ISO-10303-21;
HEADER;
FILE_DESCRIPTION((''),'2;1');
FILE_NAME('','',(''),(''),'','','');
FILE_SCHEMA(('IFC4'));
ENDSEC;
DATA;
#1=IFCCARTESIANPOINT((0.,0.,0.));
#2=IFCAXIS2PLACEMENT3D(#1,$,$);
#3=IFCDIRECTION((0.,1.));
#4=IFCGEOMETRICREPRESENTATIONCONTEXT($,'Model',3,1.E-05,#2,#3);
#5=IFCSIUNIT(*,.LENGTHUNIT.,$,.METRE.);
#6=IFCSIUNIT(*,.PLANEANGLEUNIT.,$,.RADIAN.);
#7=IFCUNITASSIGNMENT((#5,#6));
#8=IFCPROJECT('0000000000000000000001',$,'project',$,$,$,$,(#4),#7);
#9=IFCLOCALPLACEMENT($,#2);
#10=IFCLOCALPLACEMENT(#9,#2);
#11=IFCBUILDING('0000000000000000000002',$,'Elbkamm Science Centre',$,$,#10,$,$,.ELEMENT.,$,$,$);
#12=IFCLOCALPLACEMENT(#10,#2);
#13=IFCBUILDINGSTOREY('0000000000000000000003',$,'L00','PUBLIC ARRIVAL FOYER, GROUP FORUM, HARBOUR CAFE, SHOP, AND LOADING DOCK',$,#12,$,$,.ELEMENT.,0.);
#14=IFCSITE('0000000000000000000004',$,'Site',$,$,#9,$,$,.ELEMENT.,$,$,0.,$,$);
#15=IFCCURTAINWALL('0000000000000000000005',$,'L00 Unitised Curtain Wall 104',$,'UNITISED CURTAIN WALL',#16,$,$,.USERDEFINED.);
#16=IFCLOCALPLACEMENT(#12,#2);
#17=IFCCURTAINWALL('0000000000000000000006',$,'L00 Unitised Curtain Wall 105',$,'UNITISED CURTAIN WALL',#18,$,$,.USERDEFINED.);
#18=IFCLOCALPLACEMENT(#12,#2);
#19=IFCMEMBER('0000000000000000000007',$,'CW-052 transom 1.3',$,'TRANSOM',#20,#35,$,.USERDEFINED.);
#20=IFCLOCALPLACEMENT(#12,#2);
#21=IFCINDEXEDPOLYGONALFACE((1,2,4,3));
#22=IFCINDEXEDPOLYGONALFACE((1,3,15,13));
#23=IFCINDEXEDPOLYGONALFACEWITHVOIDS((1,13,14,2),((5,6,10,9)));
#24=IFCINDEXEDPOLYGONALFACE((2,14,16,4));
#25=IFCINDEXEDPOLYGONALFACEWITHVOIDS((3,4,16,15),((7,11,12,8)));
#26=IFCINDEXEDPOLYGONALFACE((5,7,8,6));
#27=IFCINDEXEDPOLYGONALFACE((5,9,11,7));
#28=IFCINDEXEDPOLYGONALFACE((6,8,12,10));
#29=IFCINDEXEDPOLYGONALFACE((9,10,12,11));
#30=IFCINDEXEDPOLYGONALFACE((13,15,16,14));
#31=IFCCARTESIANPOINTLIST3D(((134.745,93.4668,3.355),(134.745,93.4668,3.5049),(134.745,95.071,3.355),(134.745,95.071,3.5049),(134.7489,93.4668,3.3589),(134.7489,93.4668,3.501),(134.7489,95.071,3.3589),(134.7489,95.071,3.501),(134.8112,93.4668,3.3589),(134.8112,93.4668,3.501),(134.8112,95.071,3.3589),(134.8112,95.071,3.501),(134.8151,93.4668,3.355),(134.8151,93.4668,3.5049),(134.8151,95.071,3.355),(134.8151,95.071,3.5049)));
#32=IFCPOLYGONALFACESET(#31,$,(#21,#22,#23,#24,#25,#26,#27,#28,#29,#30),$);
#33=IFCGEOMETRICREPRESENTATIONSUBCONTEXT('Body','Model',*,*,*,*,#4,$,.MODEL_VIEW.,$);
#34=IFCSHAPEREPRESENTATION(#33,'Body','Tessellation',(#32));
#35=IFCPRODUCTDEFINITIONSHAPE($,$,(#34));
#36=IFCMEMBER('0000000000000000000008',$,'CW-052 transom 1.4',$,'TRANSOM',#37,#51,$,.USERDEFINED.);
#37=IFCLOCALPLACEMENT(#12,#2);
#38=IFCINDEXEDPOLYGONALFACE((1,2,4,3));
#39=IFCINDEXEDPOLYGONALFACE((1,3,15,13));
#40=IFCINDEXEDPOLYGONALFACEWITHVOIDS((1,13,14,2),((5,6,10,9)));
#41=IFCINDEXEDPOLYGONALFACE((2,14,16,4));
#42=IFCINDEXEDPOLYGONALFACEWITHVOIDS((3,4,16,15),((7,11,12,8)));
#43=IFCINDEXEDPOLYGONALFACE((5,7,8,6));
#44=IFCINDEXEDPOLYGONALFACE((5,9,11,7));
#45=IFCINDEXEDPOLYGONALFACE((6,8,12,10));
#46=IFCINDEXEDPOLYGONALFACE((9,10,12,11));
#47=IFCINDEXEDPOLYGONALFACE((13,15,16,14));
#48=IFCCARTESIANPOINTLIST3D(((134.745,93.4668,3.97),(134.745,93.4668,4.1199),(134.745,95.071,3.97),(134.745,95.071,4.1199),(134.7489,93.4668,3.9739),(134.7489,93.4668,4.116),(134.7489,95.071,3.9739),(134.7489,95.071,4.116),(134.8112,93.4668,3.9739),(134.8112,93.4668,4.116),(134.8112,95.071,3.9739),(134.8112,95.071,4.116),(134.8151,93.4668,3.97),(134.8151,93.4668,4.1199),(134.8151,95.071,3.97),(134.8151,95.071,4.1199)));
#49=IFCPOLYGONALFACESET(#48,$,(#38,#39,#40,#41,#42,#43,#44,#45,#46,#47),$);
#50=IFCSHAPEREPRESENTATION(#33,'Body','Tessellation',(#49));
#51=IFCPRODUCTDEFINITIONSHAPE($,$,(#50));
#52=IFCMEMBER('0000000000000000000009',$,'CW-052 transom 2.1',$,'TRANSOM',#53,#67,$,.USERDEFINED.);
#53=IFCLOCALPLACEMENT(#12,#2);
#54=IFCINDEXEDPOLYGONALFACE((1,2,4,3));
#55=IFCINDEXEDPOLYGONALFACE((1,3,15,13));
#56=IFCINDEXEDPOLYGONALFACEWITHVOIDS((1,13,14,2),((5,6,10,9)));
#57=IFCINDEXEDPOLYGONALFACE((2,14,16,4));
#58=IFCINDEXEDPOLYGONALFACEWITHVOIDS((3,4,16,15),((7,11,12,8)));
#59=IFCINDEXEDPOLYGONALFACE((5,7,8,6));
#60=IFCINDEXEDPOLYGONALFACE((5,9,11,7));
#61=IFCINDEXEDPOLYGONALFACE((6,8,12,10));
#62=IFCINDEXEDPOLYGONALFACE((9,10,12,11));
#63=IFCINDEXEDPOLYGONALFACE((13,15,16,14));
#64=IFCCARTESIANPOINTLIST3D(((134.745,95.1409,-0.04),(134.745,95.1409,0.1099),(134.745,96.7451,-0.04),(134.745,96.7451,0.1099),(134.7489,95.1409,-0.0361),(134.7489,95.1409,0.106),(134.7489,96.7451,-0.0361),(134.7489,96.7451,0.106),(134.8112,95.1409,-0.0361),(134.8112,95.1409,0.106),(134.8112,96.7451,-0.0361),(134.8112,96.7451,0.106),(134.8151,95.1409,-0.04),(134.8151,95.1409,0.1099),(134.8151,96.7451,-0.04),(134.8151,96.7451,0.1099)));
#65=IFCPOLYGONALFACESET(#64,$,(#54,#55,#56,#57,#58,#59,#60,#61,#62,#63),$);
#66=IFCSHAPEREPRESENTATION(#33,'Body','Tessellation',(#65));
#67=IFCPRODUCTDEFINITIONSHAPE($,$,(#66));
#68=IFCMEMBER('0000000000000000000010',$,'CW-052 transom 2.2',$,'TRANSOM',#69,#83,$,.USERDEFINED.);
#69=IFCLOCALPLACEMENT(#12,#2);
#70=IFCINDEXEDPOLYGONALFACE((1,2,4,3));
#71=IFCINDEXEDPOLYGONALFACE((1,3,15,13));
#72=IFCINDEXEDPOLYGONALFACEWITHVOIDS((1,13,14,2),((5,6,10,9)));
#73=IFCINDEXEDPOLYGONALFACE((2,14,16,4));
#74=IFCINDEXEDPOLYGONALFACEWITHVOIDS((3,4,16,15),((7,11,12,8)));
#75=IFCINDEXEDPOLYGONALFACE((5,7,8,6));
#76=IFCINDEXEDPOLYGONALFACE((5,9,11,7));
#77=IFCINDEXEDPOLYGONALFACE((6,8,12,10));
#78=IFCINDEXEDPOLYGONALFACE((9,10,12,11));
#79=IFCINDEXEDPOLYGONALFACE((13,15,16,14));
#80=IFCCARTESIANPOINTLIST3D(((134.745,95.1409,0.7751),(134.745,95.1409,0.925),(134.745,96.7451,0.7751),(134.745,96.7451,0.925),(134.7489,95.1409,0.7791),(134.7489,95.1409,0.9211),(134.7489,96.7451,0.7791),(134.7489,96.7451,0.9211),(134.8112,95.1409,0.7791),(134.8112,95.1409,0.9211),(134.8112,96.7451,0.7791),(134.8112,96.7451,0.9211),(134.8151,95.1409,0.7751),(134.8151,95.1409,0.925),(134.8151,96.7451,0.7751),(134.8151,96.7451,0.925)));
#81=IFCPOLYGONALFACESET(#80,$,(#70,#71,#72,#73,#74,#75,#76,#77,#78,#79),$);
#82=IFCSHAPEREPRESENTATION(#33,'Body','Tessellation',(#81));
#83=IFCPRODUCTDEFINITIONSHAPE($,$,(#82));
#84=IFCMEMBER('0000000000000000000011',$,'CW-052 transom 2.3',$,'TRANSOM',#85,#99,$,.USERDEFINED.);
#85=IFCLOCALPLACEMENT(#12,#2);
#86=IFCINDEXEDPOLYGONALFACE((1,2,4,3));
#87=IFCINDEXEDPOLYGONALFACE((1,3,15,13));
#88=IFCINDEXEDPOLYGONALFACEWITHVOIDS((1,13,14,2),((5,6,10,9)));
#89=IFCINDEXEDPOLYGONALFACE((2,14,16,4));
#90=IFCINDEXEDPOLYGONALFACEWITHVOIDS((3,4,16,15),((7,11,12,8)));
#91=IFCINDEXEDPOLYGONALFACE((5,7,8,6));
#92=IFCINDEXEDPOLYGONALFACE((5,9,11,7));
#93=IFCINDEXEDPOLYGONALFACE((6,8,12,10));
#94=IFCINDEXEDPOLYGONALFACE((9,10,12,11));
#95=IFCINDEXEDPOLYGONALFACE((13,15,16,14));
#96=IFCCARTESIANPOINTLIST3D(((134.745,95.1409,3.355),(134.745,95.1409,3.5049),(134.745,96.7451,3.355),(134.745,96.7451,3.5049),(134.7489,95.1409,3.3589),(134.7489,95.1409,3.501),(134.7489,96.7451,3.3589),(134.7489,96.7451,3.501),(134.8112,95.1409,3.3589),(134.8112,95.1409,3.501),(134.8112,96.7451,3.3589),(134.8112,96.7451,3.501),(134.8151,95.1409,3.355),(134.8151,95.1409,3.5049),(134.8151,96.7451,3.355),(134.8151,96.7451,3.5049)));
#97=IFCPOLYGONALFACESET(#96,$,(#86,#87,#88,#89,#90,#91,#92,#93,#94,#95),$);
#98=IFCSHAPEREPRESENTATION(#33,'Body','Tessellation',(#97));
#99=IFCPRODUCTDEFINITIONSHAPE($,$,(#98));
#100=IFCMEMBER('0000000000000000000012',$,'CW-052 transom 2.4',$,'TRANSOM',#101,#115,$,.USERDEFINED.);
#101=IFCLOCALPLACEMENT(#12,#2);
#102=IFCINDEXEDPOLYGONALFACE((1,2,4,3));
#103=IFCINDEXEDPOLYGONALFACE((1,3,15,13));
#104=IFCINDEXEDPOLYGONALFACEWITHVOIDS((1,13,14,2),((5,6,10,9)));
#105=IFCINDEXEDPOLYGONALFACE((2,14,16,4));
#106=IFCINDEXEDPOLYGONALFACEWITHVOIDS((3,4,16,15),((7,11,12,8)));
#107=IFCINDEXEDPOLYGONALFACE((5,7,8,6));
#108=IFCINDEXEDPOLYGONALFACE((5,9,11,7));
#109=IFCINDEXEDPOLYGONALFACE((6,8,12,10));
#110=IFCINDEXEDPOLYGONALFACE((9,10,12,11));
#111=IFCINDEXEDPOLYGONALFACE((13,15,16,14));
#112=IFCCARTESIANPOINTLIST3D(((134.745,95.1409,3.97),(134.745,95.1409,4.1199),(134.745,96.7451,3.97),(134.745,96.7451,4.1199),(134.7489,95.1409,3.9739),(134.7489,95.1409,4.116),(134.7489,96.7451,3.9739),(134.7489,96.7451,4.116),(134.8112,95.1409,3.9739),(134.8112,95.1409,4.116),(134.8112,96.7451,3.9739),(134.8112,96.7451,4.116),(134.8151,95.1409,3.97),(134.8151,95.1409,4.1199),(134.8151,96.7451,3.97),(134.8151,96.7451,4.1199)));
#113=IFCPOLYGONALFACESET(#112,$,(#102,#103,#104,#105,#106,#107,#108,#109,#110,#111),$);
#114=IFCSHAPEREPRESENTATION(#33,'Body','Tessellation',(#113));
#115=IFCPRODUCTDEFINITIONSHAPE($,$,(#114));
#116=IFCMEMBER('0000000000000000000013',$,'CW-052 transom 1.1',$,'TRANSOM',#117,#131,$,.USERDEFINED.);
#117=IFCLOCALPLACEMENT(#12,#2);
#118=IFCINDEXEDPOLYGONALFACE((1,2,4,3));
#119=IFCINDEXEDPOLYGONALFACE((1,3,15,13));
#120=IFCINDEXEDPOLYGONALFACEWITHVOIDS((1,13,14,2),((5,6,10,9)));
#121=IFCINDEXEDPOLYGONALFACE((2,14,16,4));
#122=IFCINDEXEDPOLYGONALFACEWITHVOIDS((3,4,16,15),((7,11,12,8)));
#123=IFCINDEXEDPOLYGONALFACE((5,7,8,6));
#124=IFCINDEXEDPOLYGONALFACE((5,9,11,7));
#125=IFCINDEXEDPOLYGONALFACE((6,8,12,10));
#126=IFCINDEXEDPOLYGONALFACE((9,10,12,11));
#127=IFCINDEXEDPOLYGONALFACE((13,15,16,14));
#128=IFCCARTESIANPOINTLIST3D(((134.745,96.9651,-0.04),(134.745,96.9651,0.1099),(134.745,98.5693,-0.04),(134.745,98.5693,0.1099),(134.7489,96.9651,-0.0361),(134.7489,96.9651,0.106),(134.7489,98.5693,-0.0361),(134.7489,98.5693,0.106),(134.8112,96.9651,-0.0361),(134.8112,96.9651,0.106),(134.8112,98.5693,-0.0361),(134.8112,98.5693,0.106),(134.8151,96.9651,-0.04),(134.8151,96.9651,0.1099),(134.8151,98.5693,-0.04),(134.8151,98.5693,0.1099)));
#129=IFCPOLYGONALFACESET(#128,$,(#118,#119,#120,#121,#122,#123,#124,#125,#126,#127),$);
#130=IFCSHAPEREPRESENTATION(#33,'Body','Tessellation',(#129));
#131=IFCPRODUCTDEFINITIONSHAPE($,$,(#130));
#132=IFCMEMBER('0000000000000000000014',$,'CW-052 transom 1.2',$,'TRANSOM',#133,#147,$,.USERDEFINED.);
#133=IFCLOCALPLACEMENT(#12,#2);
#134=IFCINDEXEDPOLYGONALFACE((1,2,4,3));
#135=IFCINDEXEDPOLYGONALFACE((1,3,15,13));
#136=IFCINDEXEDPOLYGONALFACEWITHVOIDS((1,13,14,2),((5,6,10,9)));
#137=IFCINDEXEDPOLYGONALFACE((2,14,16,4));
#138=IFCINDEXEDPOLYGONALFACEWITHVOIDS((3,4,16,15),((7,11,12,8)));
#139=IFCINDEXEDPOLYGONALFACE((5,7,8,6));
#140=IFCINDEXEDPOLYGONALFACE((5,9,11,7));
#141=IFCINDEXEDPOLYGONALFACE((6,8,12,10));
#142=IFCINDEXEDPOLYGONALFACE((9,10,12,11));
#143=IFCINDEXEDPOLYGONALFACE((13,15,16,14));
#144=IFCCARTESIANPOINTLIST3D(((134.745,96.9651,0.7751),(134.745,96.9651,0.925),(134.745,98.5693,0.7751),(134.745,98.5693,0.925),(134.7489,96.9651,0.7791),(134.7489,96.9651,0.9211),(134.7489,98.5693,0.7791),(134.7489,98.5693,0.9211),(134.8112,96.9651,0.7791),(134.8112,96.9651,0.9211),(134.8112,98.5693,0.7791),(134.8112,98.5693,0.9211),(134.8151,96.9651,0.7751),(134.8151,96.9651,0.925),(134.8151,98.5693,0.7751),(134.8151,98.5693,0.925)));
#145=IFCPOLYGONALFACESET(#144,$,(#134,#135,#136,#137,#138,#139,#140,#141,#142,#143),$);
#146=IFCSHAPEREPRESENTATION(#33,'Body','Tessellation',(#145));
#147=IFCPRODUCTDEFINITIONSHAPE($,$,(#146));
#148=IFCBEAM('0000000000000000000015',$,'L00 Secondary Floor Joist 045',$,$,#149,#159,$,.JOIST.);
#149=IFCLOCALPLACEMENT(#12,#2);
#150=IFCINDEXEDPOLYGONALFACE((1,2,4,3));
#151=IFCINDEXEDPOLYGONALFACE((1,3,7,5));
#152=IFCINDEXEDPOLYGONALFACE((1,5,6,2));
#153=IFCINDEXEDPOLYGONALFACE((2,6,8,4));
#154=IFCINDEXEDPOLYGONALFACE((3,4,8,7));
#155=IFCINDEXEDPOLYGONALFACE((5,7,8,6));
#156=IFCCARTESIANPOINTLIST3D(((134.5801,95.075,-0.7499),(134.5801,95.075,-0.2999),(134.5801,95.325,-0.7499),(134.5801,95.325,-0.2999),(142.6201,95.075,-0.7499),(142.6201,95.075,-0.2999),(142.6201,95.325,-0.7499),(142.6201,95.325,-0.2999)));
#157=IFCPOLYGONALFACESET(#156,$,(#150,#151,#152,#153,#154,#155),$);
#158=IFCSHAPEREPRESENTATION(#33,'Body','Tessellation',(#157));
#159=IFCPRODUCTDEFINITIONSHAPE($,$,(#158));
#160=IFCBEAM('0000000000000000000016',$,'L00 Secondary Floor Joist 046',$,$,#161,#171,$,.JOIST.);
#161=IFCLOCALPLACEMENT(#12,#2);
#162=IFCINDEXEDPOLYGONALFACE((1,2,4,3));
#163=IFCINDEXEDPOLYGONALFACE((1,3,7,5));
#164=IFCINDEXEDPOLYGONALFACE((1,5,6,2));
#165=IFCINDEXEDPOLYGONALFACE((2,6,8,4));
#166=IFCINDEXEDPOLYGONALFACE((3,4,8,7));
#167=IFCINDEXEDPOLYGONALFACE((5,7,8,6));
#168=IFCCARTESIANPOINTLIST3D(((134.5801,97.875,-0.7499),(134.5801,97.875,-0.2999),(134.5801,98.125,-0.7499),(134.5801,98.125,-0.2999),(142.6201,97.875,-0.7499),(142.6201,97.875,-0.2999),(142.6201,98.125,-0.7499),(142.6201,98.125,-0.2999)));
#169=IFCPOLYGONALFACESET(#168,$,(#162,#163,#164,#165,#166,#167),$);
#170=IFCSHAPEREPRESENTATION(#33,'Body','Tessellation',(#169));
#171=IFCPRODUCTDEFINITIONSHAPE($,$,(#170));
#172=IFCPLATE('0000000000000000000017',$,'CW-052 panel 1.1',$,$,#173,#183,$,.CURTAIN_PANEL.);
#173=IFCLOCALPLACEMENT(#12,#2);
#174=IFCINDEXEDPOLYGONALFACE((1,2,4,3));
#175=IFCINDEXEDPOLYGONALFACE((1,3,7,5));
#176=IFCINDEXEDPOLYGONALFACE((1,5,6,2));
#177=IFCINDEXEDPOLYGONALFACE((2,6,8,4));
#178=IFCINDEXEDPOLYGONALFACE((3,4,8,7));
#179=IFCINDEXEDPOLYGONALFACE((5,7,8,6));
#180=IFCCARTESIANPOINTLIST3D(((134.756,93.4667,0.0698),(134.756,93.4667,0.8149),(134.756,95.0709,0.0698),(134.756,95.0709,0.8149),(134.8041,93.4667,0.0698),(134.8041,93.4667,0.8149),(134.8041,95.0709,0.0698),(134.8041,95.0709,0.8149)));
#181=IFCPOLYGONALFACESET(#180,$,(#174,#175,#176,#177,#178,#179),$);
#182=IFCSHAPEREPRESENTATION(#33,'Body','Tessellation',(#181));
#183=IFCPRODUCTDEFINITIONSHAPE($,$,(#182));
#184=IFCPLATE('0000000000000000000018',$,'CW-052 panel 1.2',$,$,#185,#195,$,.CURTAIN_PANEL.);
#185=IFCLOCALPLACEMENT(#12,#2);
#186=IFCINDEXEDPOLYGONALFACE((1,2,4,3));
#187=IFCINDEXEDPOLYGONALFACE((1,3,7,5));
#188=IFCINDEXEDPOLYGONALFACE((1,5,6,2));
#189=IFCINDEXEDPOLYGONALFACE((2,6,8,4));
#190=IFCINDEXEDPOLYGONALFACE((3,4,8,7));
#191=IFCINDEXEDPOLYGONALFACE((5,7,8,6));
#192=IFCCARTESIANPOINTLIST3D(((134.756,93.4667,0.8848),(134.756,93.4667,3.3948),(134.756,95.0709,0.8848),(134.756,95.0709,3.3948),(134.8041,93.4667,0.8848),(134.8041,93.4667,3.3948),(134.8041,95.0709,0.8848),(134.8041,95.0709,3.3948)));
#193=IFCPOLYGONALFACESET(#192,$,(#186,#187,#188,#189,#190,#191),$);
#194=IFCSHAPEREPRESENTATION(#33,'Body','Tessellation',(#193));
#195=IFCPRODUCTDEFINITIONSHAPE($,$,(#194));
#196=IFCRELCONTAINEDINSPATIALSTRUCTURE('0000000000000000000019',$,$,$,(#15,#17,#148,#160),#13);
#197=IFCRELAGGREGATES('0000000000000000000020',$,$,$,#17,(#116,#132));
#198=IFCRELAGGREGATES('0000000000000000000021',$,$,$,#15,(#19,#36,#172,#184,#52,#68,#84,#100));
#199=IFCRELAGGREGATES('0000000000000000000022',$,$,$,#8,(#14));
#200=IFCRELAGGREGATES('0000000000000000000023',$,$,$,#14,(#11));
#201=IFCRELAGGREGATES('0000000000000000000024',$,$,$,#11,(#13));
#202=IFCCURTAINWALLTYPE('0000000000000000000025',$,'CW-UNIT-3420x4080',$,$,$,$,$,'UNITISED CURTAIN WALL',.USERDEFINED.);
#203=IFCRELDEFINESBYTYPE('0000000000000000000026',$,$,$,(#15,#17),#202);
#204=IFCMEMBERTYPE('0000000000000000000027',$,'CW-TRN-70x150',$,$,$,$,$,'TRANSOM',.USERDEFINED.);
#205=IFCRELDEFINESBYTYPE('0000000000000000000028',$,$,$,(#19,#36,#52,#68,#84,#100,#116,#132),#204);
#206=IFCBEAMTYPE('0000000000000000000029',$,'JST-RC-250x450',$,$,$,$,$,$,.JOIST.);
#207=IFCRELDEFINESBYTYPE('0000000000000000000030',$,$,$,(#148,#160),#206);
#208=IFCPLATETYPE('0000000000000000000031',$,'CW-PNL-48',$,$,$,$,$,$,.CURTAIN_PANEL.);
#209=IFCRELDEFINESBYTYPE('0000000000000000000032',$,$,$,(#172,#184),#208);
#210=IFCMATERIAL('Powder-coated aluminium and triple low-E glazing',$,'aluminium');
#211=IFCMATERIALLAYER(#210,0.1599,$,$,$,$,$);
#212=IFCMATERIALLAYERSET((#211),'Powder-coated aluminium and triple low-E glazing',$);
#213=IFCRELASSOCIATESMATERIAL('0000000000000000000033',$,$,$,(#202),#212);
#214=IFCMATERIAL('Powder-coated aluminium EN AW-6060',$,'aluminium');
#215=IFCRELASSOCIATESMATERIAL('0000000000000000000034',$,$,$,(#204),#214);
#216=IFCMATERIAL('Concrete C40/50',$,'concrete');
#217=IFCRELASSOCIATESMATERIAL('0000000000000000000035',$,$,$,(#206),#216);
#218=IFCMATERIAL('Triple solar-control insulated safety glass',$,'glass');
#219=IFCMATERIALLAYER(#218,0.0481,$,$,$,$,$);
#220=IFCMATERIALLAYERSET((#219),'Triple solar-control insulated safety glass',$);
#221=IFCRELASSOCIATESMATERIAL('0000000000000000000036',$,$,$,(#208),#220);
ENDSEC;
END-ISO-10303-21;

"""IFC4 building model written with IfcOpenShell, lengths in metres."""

from ifc_helpers import new_model, si_unit, direction, frame, origin, origin_2d, place, context, subcontext, project, spatial, rectangle, hollow_rectangle, extrude, material, layer, layer_set, material_profile, profile_set, type_object, element, aggregate, save


model = new_model("IFC4")

# Units and contexts
model_context = context("Model", 3, precision=1e-05, world=origin(), true_north=direction((0.0, 1.0)))
body_context = subcontext(model_context, "Body", "Model", "MODEL_VIEW")
ifc_project = project(units=[si_unit("LENGTHUNIT", "METRE"), si_unit("PLANEANGLEUNIT", "RADIAN")], contexts=[model_context])

# Site, building, storey
site_placement = place(None, origin())
site = spatial("IfcSite", under=ifc_project, at=site_placement, Name="Site", CompositionType="ELEMENT", RefElevation=0.0)
building_placement = place(site_placement, origin())
building = spatial("IfcBuilding", under=site, at=building_placement, Name="Elbkamm Science Centre", CompositionType="ELEMENT")
storey_placement = place(building_placement, origin())
storey = spatial("IfcBuildingStorey", under=building, at=storey_placement, Name="L00", Description="PUBLIC ARRIVAL FOYER, GROUP FORUM, HARBOUR CAFE, SHOP, AND LOADING DOCK", CompositionType="ELEMENT", Elevation=0.0)

# Shared definitions
ifc_material_1 = material(Name="Concrete C40/50", Category="concrete")

# Curtain wall
ifc_material_2 = material(Name="Powder-coated aluminium and triple low-E glazing", Category="aluminium")
ifc_layer_1 = layer(ifc_material_2, 0.1599)
ifc_layer_set_1 = layer_set([ifc_layer_1], Name="Powder-coated aluminium and triple low-E glazing")
curtain_wall_type = type_object("IfcCurtainWallType", Name="CW-UNIT-3420x4080", ElementType="UNITISED CURTAIN WALL", PredefinedType="USERDEFINED", material=ifc_layer_set_1)
curtain_wall_1_placement = place(storey_placement, origin())
curtain_wall_1 = element("IfcCurtainWall", 1, at=curtain_wall_1_placement, inside=storey, type_object=curtain_wall_type, Name="L00 Unitised Curtain Wall 104", ObjectType="UNITISED CURTAIN WALL", PredefinedType="USERDEFINED")
ifc_material_3 = material(Name="Powder-coated aluminium EN AW-6060", Category="aluminium")

# Curtain wall
curtain_wall_2_placement = place(storey_placement, origin())
curtain_wall_2 = element("IfcCurtainWall", 2, at=curtain_wall_2_placement, inside=storey, type_object=curtain_wall_type, Name="L00 Unitised Curtain Wall 105", ObjectType="UNITISED CURTAIN WALL", PredefinedType="USERDEFINED")

# Members
ifc_material_profile_1 = material_profile(ifc_material_3, hollow_rectangle(XDim=0.0701, YDim=0.1499, WallThickness=0.0039, at=origin_2d()), Name="ALU T70x150")
ifc_profile_set_1 = profile_set([ifc_material_profile_1], Name="Powder-coated aluminium EN AW-6060")
member_type_1 = type_object("IfcMemberType", Name="CW-TRN-70x150", ElementType="TRANSOM", PredefinedType="USERDEFINED", material=ifc_profile_set_1)
member_1_placement = place(storey_placement, frame((134.78, 93.4668, 3.4299), z_axis=(0.0, 1.0, 0.0), x_axis=(-1.0, 0.0, 0.0)))
member_1 = element("IfcMember", 3, at=member_1_placement, type_object=member_type_1, Name="CW-052 transom 1.3", ObjectType="TRANSOM", PredefinedType="USERDEFINED", context=body_context, shape_type="SweptSolid", body=[
    extrude(hollow_rectangle(XDim=0.0701, YDim=0.1499, WallThickness=0.0039, at=origin_2d()), origin(), (0.0, 0.0, 1.0), 1.6042),
])
member_2_placement = place(storey_placement, frame((134.78, 93.4668, 4.0449), z_axis=(0.0, 1.0, 0.0), x_axis=(-1.0, 0.0, 0.0)))
member_2 = element("IfcMember", 4, at=member_2_placement, type_object=member_type_1, Name="CW-052 transom 1.4", ObjectType="TRANSOM", PredefinedType="USERDEFINED", context=body_context, shape_type="SweptSolid", body=[
    extrude(hollow_rectangle(XDim=0.0701, YDim=0.1499, WallThickness=0.0039, at=origin_2d()), origin(), (0.0, 0.0, 1.0), 1.6042),
])
member_3_placement = place(storey_placement, frame((134.78, 95.1409, 0.0349), z_axis=(0.0, 1.0, 0.0), x_axis=(-1.0, 0.0, 0.0)))
member_3 = element("IfcMember", 5, at=member_3_placement, type_object=member_type_1, Name="CW-052 transom 2.1", ObjectType="TRANSOM", PredefinedType="USERDEFINED", context=body_context, shape_type="SweptSolid", body=[
    extrude(hollow_rectangle(XDim=0.0701, YDim=0.1499, WallThickness=0.0039, at=origin_2d()), origin(), (0.0, 0.0, 1.0), 1.6042),
])
member_4_placement = place(storey_placement, frame((134.78, 95.1409, 0.8501), z_axis=(0.0, 1.0, 0.0), x_axis=(-1.0, 0.0, 0.0)))
member_4 = element("IfcMember", 6, at=member_4_placement, type_object=member_type_1, Name="CW-052 transom 2.2", ObjectType="TRANSOM", PredefinedType="USERDEFINED", context=body_context, shape_type="SweptSolid", body=[
    extrude(hollow_rectangle(XDim=0.0701, YDim=0.1499, WallThickness=0.0039, at=origin_2d()), origin(), (0.0, 0.0, 1.0), 1.6042),
])
member_5_placement = place(storey_placement, frame((134.78, 95.1409, 3.4299), z_axis=(0.0, 1.0, 0.0), x_axis=(-1.0, 0.0, 0.0)))
member_5 = element("IfcMember", 7, at=member_5_placement, type_object=member_type_1, Name="CW-052 transom 2.3", ObjectType="TRANSOM", PredefinedType="USERDEFINED", context=body_context, shape_type="SweptSolid", body=[
    extrude(hollow_rectangle(XDim=0.0701, YDim=0.1499, WallThickness=0.0039, at=origin_2d()), origin(), (0.0, 0.0, 1.0), 1.6042),
])
member_6_placement = place(storey_placement, frame((134.78, 95.1409, 4.0449), z_axis=(0.0, 1.0, 0.0), x_axis=(-1.0, 0.0, 0.0)))
member_6 = element("IfcMember", 8, at=member_6_placement, type_object=member_type_1, Name="CW-052 transom 2.4", ObjectType="TRANSOM", PredefinedType="USERDEFINED", context=body_context, shape_type="SweptSolid", body=[
    extrude(hollow_rectangle(XDim=0.0701, YDim=0.1499, WallThickness=0.0039, at=origin_2d()), origin(), (0.0, 0.0, 1.0), 1.6042),
])
member_7_placement = place(storey_placement, frame((134.78, 96.9651, 0.0349), z_axis=(0.0, 1.0, 0.0), x_axis=(-1.0, 0.0, 0.0)))
member_7 = element("IfcMember", 9, at=member_7_placement, type_object=member_type_1, Name="CW-052 transom 1.1", ObjectType="TRANSOM", PredefinedType="USERDEFINED", context=body_context, shape_type="SweptSolid", body=[
    extrude(hollow_rectangle(XDim=0.0701, YDim=0.1499, WallThickness=0.0039, at=origin_2d()), origin(), (0.0, 0.0, 1.0), 1.6042),
])
member_8_placement = place(storey_placement, frame((134.78, 96.9651, 0.8501), z_axis=(0.0, 1.0, 0.0), x_axis=(-1.0, 0.0, 0.0)))
member_8 = element("IfcMember", 10, at=member_8_placement, type_object=member_type_1, Name="CW-052 transom 1.2", ObjectType="TRANSOM", PredefinedType="USERDEFINED", context=body_context, shape_type="SweptSolid", body=[
    extrude(hollow_rectangle(XDim=0.0701, YDim=0.1499, WallThickness=0.0039, at=origin_2d()), origin(), (0.0, 0.0, 1.0), 1.6042),
])
aggregate(curtain_wall_2, [member_7, member_8])

# Beams
ifc_material_profile_2 = material_profile(ifc_material_1, rectangle(XDim=0.25, YDim=0.45, at=origin_2d()), Name="RC 250x450")
ifc_profile_set_2 = profile_set([ifc_material_profile_2], Name="Concrete C40/50")
beam_type_1 = type_object("IfcBeamType", Name="JST-RC-250x450", PredefinedType="JOIST", material=ifc_profile_set_2)
for number, where, z_axis, x_axis, name in (
    (11, (134.5801, 95.2, -0.5249), (1.0, 0.0, 0.0), (0.0, 1.0, 0.0), "L00 Secondary Floor Joist 045"),
    (12, (134.5801, 98.0, -0.5249), (1.0, 0.0, 0.0), (0.0, 1.0, 0.0), "L00 Secondary Floor Joist 046"),
):
    element("IfcBeam", number, at=place(storey_placement, frame(where, z_axis=z_axis, x_axis=x_axis)), inside=storey, type_object=beam_type_1, Name=name, PredefinedType="JOIST", context=body_context, shape_type="SweptSolid", body=[
        extrude(rectangle(XDim=0.25, YDim=0.45, at=origin_2d()), origin(), (0.0, 0.0, 1.0), 8.04),
    ])

# Plates
ifc_material_4 = material(Name="Triple solar-control insulated safety glass", Category="glass")
ifc_layer_2 = layer(ifc_material_4, 0.0481)
ifc_layer_set_2 = layer_set([ifc_layer_2], Name="Triple solar-control insulated safety glass")
plate_type = type_object("IfcPlateType", Name="CW-PNL-48", PredefinedType="CURTAIN_PANEL", material=ifc_layer_set_2)
plate_1_placement = place(storey_placement, frame((134.78, 94.2688, 0.0698), z_axis=(0.0, 0.0, 1.0), x_axis=(0.0, 1.0, 0.0)))
plate_1 = element("IfcPlate", 13, at=plate_1_placement, type_object=plate_type, Name="CW-052 panel 1.1", PredefinedType="CURTAIN_PANEL", context=body_context, shape_type="SweptSolid", body=[
    extrude(rectangle(XDim=1.6042, YDim=0.0481, at=origin_2d()), origin(), (0.0, 0.0, 1.0), 0.7451),
])
plate_2_placement = place(storey_placement, frame((134.78, 94.2688, 0.8848), z_axis=(0.0, 0.0, 1.0), x_axis=(0.0, 1.0, 0.0)))
plate_2 = element("IfcPlate", 14, at=plate_2_placement, type_object=plate_type, Name="CW-052 panel 1.2", PredefinedType="CURTAIN_PANEL", context=body_context, shape_type="SweptSolid", body=[
    extrude(rectangle(XDim=1.6042, YDim=0.0481, at=origin_2d()), origin(), (0.0, 0.0, 1.0), 2.51),
])
aggregate(curtain_wall_1, [member_1, member_2, plate_1, plate_2, member_3, member_4, member_5, member_6])

save(model, "model.ifc")
